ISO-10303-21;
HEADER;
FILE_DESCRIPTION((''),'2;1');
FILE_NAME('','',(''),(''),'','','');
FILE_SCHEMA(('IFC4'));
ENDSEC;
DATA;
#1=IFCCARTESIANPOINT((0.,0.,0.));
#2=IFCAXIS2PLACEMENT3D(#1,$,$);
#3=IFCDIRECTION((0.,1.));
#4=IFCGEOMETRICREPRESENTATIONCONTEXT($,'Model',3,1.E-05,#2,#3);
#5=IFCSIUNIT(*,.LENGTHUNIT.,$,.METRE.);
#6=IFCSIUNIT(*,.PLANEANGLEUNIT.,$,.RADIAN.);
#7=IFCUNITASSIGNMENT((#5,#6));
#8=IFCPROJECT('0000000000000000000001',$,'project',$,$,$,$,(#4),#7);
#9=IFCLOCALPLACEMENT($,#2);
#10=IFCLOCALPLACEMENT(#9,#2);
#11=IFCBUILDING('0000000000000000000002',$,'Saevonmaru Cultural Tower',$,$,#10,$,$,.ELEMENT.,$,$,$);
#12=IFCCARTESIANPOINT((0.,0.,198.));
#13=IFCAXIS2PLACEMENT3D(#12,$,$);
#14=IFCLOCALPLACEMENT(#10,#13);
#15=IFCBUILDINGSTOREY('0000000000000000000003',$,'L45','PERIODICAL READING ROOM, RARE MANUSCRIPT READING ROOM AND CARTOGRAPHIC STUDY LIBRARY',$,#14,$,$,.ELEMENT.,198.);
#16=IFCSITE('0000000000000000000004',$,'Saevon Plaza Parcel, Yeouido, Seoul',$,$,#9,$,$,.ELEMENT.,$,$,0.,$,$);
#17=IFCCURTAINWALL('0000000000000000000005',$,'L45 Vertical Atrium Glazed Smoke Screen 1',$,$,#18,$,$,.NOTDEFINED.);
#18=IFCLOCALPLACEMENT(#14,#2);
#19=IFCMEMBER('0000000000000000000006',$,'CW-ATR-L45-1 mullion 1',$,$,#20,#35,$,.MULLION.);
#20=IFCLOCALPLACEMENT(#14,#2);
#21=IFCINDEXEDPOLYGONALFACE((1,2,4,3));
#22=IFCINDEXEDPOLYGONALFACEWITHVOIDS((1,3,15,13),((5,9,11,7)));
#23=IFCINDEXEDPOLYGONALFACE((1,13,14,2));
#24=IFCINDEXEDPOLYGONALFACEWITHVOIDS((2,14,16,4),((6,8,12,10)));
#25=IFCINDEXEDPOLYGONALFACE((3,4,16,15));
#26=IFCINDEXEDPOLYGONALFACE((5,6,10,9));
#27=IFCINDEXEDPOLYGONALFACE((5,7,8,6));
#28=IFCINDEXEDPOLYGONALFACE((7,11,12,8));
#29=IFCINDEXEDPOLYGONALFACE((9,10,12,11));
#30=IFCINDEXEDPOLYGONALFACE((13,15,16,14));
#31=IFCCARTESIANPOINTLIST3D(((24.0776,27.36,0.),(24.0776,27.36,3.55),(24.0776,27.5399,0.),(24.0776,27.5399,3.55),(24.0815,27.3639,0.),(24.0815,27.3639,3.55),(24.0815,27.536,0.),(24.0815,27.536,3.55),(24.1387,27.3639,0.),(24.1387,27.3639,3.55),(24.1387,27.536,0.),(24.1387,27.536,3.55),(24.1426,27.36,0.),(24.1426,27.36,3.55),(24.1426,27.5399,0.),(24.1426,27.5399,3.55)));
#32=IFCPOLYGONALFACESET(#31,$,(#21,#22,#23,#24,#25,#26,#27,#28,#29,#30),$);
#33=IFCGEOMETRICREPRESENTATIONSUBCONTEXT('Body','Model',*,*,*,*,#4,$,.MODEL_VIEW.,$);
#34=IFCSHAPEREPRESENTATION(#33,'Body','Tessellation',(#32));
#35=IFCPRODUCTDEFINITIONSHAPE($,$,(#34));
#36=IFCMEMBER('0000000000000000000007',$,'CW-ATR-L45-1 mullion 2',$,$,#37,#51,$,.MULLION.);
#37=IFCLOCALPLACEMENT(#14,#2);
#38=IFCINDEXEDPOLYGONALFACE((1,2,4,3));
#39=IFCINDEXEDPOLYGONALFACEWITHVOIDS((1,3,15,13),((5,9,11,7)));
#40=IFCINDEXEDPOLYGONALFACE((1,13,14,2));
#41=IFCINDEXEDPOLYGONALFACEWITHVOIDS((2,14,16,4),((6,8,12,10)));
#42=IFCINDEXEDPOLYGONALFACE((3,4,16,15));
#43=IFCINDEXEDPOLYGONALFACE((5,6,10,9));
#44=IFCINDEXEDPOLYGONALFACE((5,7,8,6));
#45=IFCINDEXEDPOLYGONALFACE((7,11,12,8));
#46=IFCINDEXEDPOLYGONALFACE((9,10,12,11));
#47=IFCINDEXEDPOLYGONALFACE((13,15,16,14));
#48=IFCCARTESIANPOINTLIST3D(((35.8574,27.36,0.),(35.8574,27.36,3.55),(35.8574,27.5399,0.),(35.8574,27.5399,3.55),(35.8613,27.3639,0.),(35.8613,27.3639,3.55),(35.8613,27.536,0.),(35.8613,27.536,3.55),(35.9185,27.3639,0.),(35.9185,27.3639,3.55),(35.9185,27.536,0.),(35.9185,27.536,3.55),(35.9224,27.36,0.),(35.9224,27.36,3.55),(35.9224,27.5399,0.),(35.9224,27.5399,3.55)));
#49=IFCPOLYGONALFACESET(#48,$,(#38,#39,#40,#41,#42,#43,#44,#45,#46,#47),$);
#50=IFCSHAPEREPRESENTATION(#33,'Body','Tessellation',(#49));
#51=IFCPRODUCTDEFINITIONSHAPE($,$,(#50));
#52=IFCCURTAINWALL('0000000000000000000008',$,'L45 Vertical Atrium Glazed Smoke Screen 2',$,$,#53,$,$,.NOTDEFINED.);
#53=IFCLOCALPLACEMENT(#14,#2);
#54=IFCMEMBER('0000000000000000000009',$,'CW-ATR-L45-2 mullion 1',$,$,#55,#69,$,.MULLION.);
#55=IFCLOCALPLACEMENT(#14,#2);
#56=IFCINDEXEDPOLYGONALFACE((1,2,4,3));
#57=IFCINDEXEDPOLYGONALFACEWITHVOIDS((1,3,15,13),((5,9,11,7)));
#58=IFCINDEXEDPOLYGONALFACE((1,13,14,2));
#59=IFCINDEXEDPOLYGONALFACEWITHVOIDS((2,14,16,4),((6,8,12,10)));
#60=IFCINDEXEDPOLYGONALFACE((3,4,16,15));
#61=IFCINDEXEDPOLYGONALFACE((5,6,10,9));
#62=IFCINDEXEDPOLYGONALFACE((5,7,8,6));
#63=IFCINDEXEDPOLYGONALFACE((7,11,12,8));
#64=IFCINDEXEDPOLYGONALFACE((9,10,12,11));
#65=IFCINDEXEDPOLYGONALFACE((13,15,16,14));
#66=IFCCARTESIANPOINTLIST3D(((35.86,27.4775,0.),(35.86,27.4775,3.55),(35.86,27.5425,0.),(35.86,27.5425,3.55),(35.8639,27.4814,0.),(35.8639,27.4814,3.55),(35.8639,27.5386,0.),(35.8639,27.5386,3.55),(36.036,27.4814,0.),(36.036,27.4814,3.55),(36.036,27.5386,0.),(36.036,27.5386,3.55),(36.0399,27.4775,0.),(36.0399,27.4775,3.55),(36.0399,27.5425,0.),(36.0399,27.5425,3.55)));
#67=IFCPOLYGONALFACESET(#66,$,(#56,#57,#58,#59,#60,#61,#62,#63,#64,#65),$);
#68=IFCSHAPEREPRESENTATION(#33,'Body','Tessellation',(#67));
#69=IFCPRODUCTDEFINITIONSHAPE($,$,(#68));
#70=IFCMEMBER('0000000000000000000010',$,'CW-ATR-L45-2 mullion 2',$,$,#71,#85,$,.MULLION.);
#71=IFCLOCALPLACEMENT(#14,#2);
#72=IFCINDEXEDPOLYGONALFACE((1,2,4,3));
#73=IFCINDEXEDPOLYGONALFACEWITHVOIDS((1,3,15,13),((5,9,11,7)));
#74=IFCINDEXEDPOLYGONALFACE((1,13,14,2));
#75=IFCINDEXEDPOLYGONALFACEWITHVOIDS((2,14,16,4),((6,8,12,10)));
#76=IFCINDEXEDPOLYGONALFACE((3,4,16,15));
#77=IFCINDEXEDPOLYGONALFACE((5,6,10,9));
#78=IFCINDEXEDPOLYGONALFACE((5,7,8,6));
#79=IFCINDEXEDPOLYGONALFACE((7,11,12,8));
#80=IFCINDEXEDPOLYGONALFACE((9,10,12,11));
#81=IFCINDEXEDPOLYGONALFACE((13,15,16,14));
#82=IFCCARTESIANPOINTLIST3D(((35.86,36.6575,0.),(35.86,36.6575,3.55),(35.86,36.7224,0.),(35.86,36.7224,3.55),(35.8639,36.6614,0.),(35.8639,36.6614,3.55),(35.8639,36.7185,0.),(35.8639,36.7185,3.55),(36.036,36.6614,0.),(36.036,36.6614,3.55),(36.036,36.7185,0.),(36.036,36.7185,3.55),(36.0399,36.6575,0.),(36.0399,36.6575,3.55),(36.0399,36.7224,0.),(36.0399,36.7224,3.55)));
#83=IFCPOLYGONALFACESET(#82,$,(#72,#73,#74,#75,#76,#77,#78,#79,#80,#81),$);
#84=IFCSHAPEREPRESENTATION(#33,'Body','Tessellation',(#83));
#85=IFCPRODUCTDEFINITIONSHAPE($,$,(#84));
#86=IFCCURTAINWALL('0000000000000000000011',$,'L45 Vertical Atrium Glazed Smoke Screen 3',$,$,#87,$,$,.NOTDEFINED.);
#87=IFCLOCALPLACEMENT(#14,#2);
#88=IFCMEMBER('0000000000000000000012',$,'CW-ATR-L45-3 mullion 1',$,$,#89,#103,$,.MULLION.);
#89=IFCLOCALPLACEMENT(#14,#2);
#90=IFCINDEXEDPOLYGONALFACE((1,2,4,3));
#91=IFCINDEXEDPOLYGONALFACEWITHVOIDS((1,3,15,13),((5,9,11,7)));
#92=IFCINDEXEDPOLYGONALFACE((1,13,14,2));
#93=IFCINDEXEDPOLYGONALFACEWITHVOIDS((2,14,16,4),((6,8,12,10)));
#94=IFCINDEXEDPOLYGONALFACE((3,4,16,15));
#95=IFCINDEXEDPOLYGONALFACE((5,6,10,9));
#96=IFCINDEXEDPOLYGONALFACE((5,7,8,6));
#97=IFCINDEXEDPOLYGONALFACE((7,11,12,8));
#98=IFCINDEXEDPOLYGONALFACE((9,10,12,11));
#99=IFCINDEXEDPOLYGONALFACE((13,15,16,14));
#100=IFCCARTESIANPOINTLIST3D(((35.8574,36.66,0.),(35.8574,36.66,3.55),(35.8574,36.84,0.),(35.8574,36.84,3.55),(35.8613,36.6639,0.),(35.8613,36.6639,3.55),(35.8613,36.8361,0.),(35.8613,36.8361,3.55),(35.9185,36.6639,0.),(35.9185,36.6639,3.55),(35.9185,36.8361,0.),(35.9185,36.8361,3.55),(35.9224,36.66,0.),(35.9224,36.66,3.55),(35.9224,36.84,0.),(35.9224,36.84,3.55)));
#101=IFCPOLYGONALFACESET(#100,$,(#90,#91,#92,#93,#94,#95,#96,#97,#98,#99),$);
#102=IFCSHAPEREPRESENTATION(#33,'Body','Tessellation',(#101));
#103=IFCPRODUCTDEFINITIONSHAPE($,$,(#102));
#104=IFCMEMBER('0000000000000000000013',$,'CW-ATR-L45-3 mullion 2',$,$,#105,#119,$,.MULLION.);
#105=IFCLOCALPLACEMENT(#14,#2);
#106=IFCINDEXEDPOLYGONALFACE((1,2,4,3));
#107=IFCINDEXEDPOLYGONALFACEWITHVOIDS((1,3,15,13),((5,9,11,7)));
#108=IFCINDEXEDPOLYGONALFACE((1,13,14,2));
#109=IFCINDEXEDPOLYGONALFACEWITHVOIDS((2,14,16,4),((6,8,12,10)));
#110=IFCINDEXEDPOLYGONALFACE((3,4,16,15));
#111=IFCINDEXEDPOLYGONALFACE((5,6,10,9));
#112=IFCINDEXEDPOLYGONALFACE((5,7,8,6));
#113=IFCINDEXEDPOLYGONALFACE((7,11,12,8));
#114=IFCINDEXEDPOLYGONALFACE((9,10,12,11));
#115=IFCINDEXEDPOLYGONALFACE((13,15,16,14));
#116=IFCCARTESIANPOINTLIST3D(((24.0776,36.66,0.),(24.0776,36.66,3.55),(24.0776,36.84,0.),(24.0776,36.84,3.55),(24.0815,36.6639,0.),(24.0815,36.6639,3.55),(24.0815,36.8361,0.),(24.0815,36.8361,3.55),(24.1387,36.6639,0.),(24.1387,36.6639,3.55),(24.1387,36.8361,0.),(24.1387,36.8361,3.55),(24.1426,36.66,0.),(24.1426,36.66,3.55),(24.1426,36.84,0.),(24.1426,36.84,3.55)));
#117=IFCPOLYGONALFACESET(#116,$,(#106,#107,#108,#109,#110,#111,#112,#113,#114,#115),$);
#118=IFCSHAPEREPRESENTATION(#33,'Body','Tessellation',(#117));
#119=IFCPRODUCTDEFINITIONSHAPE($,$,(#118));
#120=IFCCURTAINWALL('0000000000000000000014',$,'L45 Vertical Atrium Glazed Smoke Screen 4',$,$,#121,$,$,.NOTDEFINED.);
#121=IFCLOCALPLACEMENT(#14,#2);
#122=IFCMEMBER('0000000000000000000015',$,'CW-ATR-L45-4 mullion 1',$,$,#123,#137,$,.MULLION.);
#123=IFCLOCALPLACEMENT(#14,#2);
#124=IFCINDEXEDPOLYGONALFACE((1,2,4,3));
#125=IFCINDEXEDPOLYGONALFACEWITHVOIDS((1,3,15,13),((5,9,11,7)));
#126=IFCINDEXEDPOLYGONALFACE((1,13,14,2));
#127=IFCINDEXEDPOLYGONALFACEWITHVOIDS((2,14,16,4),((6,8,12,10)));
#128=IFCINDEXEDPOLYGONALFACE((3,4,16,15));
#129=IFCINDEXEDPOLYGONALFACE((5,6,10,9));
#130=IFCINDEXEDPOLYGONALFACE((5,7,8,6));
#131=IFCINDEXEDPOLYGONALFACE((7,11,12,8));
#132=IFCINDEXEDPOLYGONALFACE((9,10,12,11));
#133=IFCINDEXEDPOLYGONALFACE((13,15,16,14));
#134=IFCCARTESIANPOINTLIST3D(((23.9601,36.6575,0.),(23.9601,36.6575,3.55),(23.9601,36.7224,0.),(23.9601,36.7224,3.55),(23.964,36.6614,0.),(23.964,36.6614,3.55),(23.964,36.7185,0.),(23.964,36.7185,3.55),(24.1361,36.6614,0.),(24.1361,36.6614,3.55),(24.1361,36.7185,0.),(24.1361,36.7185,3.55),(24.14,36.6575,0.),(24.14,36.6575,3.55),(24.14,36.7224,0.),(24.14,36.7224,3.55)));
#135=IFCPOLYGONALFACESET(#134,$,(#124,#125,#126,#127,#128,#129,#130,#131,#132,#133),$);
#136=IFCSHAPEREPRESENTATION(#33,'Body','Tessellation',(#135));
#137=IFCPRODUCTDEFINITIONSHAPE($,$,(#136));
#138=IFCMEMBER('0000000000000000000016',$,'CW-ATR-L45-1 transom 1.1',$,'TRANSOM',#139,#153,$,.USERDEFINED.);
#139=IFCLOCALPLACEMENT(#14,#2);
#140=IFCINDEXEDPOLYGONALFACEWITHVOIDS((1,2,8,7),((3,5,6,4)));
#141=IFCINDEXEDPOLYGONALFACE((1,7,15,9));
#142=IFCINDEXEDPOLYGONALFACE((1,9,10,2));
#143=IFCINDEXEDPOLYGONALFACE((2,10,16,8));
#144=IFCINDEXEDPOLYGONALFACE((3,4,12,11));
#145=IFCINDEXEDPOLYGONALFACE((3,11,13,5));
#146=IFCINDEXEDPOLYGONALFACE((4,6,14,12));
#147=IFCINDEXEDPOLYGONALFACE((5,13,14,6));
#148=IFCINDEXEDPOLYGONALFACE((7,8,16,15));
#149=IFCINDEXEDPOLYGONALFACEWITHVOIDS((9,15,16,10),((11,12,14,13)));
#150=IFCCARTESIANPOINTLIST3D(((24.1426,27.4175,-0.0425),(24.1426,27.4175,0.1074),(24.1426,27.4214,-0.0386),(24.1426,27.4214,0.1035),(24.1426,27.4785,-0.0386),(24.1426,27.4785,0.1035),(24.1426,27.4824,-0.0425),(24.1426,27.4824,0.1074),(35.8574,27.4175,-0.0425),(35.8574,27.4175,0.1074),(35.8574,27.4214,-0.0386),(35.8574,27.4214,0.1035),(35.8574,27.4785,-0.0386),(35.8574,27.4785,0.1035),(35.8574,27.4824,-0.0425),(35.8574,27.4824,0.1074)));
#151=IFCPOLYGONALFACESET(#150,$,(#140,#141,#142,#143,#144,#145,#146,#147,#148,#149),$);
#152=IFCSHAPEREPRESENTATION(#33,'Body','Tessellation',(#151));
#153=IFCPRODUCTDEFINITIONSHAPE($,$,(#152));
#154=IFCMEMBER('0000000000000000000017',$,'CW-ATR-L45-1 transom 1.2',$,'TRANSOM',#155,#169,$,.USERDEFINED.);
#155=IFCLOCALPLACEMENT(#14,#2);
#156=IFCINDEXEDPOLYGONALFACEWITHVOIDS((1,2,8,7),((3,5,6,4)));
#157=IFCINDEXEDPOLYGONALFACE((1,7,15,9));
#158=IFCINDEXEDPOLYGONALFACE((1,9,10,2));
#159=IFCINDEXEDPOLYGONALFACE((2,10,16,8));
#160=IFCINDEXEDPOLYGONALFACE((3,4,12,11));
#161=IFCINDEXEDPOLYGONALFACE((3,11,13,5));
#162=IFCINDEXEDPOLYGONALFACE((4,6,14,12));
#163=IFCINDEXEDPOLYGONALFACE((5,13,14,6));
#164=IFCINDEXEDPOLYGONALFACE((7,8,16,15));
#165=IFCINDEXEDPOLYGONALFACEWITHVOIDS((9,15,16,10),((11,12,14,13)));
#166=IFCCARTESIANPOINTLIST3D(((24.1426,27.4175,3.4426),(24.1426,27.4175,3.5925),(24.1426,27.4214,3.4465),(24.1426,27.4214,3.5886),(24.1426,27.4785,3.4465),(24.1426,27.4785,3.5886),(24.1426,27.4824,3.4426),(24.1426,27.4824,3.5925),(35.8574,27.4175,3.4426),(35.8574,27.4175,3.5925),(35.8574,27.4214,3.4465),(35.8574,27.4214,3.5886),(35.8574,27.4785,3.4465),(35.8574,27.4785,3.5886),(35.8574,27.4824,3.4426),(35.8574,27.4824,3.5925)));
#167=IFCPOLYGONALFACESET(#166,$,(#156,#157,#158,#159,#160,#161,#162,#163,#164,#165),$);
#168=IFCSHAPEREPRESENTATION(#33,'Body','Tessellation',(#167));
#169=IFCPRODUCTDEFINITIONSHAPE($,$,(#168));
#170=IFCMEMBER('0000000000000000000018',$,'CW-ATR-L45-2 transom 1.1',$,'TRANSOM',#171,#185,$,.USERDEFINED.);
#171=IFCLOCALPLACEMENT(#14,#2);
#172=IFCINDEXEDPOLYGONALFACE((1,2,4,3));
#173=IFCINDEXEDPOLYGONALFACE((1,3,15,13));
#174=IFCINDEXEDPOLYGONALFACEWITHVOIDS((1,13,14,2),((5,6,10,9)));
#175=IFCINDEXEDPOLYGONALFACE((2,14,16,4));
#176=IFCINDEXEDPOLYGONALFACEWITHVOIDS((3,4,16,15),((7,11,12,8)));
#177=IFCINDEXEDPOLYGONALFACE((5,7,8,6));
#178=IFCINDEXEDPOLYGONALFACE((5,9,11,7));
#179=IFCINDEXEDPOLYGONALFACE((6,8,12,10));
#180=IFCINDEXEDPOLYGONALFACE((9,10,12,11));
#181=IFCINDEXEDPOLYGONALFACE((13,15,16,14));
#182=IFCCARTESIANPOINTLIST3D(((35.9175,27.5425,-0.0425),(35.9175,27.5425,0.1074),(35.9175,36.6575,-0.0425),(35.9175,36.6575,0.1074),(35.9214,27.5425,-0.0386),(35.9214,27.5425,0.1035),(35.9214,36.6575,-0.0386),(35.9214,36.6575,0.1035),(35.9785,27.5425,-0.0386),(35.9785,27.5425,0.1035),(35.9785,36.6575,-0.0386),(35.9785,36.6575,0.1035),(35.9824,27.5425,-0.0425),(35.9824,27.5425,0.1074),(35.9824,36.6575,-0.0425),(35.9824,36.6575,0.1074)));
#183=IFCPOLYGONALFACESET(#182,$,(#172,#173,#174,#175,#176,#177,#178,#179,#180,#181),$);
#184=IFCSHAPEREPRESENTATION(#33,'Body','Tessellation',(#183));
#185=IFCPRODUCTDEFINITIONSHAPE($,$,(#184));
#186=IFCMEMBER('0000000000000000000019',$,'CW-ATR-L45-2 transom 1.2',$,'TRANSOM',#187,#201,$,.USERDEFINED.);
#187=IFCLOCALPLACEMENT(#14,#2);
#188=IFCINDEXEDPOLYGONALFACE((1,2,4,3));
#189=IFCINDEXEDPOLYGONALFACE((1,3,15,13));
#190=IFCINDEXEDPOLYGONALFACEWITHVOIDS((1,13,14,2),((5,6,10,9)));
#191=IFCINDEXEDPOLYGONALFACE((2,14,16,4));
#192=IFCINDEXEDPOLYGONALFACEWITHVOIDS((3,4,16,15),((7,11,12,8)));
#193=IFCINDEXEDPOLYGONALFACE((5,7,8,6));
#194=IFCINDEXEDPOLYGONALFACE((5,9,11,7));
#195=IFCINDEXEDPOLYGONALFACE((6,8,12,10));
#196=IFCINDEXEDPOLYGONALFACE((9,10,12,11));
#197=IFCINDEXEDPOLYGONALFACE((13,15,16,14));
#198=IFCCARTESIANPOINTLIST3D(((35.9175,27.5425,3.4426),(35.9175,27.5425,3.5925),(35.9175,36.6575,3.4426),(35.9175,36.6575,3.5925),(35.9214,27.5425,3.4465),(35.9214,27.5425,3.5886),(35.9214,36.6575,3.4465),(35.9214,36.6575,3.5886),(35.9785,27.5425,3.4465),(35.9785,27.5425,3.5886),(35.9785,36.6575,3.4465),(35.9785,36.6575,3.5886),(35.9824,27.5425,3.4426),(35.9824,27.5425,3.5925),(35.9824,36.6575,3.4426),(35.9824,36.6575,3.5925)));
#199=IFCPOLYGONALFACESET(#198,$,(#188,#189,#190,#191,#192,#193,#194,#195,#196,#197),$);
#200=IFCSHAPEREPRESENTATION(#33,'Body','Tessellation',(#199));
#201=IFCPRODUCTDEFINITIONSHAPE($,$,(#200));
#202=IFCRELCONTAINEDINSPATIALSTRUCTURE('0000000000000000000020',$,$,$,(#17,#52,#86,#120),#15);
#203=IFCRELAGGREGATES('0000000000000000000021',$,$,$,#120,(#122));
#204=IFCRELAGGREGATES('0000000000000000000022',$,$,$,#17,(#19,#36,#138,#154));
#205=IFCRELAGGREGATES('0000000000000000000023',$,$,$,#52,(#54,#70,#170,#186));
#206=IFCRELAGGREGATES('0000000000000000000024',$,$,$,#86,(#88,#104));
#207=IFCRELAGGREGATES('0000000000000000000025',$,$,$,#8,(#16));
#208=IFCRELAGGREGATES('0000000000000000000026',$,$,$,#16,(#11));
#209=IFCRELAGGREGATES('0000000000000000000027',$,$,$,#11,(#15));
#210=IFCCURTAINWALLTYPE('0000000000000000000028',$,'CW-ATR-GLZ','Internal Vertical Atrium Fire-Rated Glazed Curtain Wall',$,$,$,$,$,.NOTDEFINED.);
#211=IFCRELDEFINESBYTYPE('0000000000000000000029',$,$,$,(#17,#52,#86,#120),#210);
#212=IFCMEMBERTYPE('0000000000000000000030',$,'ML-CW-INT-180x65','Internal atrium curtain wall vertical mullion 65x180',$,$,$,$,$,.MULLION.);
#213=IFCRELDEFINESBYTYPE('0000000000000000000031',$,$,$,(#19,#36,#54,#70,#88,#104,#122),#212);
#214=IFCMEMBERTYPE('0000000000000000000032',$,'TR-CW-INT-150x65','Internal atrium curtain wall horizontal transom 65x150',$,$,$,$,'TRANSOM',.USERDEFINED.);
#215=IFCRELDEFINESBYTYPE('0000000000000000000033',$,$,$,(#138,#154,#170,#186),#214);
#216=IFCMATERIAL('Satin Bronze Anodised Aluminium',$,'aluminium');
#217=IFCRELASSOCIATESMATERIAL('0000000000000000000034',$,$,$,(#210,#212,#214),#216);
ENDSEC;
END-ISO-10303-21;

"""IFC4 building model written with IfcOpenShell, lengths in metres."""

from ifc_helpers import new_model, si_unit, direction, frame, origin, origin_2d, place, context, subcontext, project, spatial, hollow_rectangle, extrude, material, material_profile, profile_set, type_object, element, aggregate, save


model = new_model("IFC4")

# Units and contexts
model_context = context("Model", 3, precision=1e-05, world=origin(), true_north=direction((0.0, 1.0)))
body_context = subcontext(model_context, "Body", "Model", "MODEL_VIEW")
ifc_project = project(units=[si_unit("LENGTHUNIT", "METRE"), si_unit("PLANEANGLEUNIT", "RADIAN")], contexts=[model_context])

# Site, building, storey
site_placement = place(None, origin())
site = spatial("IfcSite", under=ifc_project, at=site_placement, Name="Saevon Plaza Parcel, Yeouido, Seoul", CompositionType="ELEMENT", RefElevation=0.0)
building_placement = place(site_placement, origin())
building = spatial("IfcBuilding", under=site, at=building_placement, Name="Saevonmaru Cultural Tower", CompositionType="ELEMENT")
storey_placement = place(building_placement, frame((0.0, 0.0, 198.0)))
storey = spatial("IfcBuildingStorey", under=building, at=storey_placement, Name="L45", Description="PERIODICAL READING ROOM, RARE MANUSCRIPT READING ROOM AND CARTOGRAPHIC STUDY LIBRARY", CompositionType="ELEMENT", Elevation=198.0)

# Curtain walls, members
ifc_material_1 = material(Name="Satin Bronze Anodised Aluminium", Category="aluminium")
curtain_wall_type = type_object("IfcCurtainWallType", Name="CW-ATR-GLZ", Description="Internal Vertical Atrium Fire-Rated Glazed Curtain Wall", PredefinedType="NOTDEFINED", material=ifc_material_1)
curtain_wall_1_placement = place(storey_placement, origin())
curtain_wall_1 = element("IfcCurtainWall", 1, at=curtain_wall_1_placement, inside=storey, type_object=curtain_wall_type, Name="L45 Vertical Atrium Glazed Smoke Screen 1", PredefinedType="NOTDEFINED")
ifc_material_profile_1 = material_profile(ifc_material_1, hollow_rectangle(XDim=0.0649, YDim=0.1799, WallThickness=0.0039, at=origin_2d()), Name="ALU-MULL-180x65x4")
ifc_profile_set_1 = profile_set([ifc_material_profile_1], Name="Satin Bronze Anodised Aluminium")
member_type_1 = type_object("IfcMemberType", Name="ML-CW-INT-180x65", Description="Internal atrium curtain wall vertical mullion 65x180", PredefinedType="MULLION", material=ifc_profile_set_1)
member_1_placement = place(storey_placement, frame((24.1101, 27.45, 0.0), z_axis=(0.0, 0.0, 1.0), x_axis=(1.0, 0.0, 0.0)))
member_1 = element("IfcMember", 2, at=member_1_placement, type_object=member_type_1, Name="CW-ATR-L45-1 mullion 1", PredefinedType="MULLION", context=body_context, shape_type="SweptSolid", body=[
    extrude(hollow_rectangle(XDim=0.0649, YDim=0.1799, WallThickness=0.0039, at=origin_2d()), origin(), (0.0, 0.0, 1.0), 3.55),
])
member_2_placement = place(storey_placement, frame((35.8899, 27.45, 0.0), z_axis=(0.0, 0.0, 1.0), x_axis=(1.0, 0.0, 0.0)))
member_2 = element("IfcMember", 3, at=member_2_placement, type_object=member_type_1, Name="CW-ATR-L45-1 mullion 2", PredefinedType="MULLION", context=body_context, shape_type="SweptSolid", body=[
    extrude(hollow_rectangle(XDim=0.0649, YDim=0.1799, WallThickness=0.0039, at=origin_2d()), origin(), (0.0, 0.0, 1.0), 3.55),
])
curtain_wall_2_placement = place(storey_placement, origin())
curtain_wall_2 = element("IfcCurtainWall", 4, at=curtain_wall_2_placement, inside=storey, type_object=curtain_wall_type, Name="L45 Vertical Atrium Glazed Smoke Screen 2", PredefinedType="NOTDEFINED")
member_3_placement = place(storey_placement, frame((35.95, 27.51, 0.0), z_axis=(0.0, 0.0, 1.0), x_axis=(0.0, 1.0, 0.0)))
member_3 = element("IfcMember", 5, at=member_3_placement, type_object=member_type_1, Name="CW-ATR-L45-2 mullion 1", PredefinedType="MULLION", context=body_context, shape_type="SweptSolid", body=[
    extrude(hollow_rectangle(XDim=0.0649, YDim=0.1799, WallThickness=0.0039, at=origin_2d()), origin(), (0.0, 0.0, 1.0), 3.55),
])
member_4_placement = place(storey_placement, frame((35.95, 36.6899, 0.0), z_axis=(0.0, 0.0, 1.0), x_axis=(0.0, 1.0, 0.0)))
member_4 = element("IfcMember", 6, at=member_4_placement, type_object=member_type_1, Name="CW-ATR-L45-2 mullion 2", PredefinedType="MULLION", context=body_context, shape_type="SweptSolid", body=[
    extrude(hollow_rectangle(XDim=0.0649, YDim=0.1799, WallThickness=0.0039, at=origin_2d()), origin(), (0.0, 0.0, 1.0), 3.55),
])
curtain_wall_3_placement = place(storey_placement, origin())
curtain_wall_3 = element("IfcCurtainWall", 7, at=curtain_wall_3_placement, inside=storey, type_object=curtain_wall_type, Name="L45 Vertical Atrium Glazed Smoke Screen 3", PredefinedType="NOTDEFINED")
member_5_placement = place(storey_placement, frame((35.8899, 36.75, 0.0), z_axis=(0.0, 0.0, 1.0), x_axis=(-1.0, 0.0, 0.0)))
member_5 = element("IfcMember", 8, at=member_5_placement, type_object=member_type_1, Name="CW-ATR-L45-3 mullion 1", PredefinedType="MULLION", context=body_context, shape_type="SweptSolid", body=[
    extrude(hollow_rectangle(XDim=0.0649, YDim=0.1799, WallThickness=0.0039, at=origin_2d()), origin(), (0.0, 0.0, 1.0), 3.55),
])
member_6_placement = place(storey_placement, frame((24.1101, 36.75, 0.0), z_axis=(0.0, 0.0, 1.0), x_axis=(-1.0, 0.0, 0.0)))
member_6 = element("IfcMember", 9, at=member_6_placement, type_object=member_type_1, Name="CW-ATR-L45-3 mullion 2", PredefinedType="MULLION", context=body_context, shape_type="SweptSolid", body=[
    extrude(hollow_rectangle(XDim=0.0649, YDim=0.1799, WallThickness=0.0039, at=origin_2d()), origin(), (0.0, 0.0, 1.0), 3.55),
])

# Curtain wall, member
curtain_wall_4_placement = place(storey_placement, origin())
curtain_wall_4 = element("IfcCurtainWall", 10, at=curtain_wall_4_placement, inside=storey, type_object=curtain_wall_type, Name="L45 Vertical Atrium Glazed Smoke Screen 4", PredefinedType="NOTDEFINED")
member_7_placement = place(storey_placement, frame((24.05, 36.6899, 0.0), z_axis=(0.0, 0.0, 1.0), x_axis=(0.0, -1.0, 0.0)))
member_7 = element("IfcMember", 11, at=member_7_placement, type_object=member_type_1, Name="CW-ATR-L45-4 mullion 1", PredefinedType="MULLION", context=body_context, shape_type="SweptSolid", body=[
    extrude(hollow_rectangle(XDim=0.0649, YDim=0.1799, WallThickness=0.0039, at=origin_2d()), origin(), (0.0, 0.0, 1.0), 3.55),
])

# Members
ifc_material_profile_2 = material_profile(ifc_material_1, hollow_rectangle(XDim=0.0649, YDim=0.1499, WallThickness=0.0039, at=origin_2d()), Name="ALU-TRAN-150x65x4")
ifc_profile_set_2 = profile_set([ifc_material_profile_2], Name="Satin Bronze Anodised Aluminium")
member_type_2 = type_object("IfcMemberType", Name="TR-CW-INT-150x65", Description="Internal atrium curtain wall horizontal transom 65x150", ElementType="TRANSOM", PredefinedType="USERDEFINED", material=ifc_profile_set_2)
member_8_placement = place(storey_placement, frame((24.1426, 27.45, 0.0325), z_axis=(1.0, 0.0, 0.0), x_axis=(0.0, 1.0, 0.0)))
member_8 = element("IfcMember", 12, at=member_8_placement, type_object=member_type_2, Name="CW-ATR-L45-1 transom 1.1", ObjectType="TRANSOM", PredefinedType="USERDEFINED", context=body_context, shape_type="SweptSolid", body=[
    extrude(hollow_rectangle(XDim=0.0649, YDim=0.1499, WallThickness=0.0039, at=origin_2d()), origin(), (0.0, 0.0, 1.0), 11.7148),
])
member_9_placement = place(storey_placement, frame((24.1426, 27.45, 3.5176), z_axis=(1.0, 0.0, 0.0), x_axis=(0.0, 1.0, 0.0)))
member_9 = element("IfcMember", 13, at=member_9_placement, type_object=member_type_2, Name="CW-ATR-L45-1 transom 1.2", ObjectType="TRANSOM", PredefinedType="USERDEFINED", context=body_context, shape_type="SweptSolid", body=[
    extrude(hollow_rectangle(XDim=0.0649, YDim=0.1499, WallThickness=0.0039, at=origin_2d()), origin(), (0.0, 0.0, 1.0), 11.7148),
])
member_10_placement = place(storey_placement, frame((35.95, 27.5425, 0.0325), z_axis=(0.0, 1.0, 0.0), x_axis=(-1.0, 0.0, 0.0)))
member_10 = element("IfcMember", 14, at=member_10_placement, type_object=member_type_2, Name="CW-ATR-L45-2 transom 1.1", ObjectType="TRANSOM", PredefinedType="USERDEFINED", context=body_context, shape_type="SweptSolid", body=[
    extrude(hollow_rectangle(XDim=0.0649, YDim=0.1499, WallThickness=0.0039, at=origin_2d()), origin(), (0.0, 0.0, 1.0), 9.115),
])
member_11_placement = place(storey_placement, frame((35.95, 27.5425, 3.5176), z_axis=(0.0, 1.0, 0.0), x_axis=(-1.0, 0.0, 0.0)))
member_11 = element("IfcMember", 15, at=member_11_placement, type_object=member_type_2, Name="CW-ATR-L45-2 transom 1.2", ObjectType="TRANSOM", PredefinedType="USERDEFINED", context=body_context, shape_type="SweptSolid", body=[
    extrude(hollow_rectangle(XDim=0.0649, YDim=0.1499, WallThickness=0.0039, at=origin_2d()), origin(), (0.0, 0.0, 1.0), 9.115),
])
aggregate(curtain_wall_4, [member_7])

aggregate(curtain_wall_1, [member_1, member_2, member_8, member_9])
aggregate(curtain_wall_2, [member_3, member_4, member_10, member_11])
aggregate(curtain_wall_3, [member_5, member_6])

save(model, "model.ifc")
